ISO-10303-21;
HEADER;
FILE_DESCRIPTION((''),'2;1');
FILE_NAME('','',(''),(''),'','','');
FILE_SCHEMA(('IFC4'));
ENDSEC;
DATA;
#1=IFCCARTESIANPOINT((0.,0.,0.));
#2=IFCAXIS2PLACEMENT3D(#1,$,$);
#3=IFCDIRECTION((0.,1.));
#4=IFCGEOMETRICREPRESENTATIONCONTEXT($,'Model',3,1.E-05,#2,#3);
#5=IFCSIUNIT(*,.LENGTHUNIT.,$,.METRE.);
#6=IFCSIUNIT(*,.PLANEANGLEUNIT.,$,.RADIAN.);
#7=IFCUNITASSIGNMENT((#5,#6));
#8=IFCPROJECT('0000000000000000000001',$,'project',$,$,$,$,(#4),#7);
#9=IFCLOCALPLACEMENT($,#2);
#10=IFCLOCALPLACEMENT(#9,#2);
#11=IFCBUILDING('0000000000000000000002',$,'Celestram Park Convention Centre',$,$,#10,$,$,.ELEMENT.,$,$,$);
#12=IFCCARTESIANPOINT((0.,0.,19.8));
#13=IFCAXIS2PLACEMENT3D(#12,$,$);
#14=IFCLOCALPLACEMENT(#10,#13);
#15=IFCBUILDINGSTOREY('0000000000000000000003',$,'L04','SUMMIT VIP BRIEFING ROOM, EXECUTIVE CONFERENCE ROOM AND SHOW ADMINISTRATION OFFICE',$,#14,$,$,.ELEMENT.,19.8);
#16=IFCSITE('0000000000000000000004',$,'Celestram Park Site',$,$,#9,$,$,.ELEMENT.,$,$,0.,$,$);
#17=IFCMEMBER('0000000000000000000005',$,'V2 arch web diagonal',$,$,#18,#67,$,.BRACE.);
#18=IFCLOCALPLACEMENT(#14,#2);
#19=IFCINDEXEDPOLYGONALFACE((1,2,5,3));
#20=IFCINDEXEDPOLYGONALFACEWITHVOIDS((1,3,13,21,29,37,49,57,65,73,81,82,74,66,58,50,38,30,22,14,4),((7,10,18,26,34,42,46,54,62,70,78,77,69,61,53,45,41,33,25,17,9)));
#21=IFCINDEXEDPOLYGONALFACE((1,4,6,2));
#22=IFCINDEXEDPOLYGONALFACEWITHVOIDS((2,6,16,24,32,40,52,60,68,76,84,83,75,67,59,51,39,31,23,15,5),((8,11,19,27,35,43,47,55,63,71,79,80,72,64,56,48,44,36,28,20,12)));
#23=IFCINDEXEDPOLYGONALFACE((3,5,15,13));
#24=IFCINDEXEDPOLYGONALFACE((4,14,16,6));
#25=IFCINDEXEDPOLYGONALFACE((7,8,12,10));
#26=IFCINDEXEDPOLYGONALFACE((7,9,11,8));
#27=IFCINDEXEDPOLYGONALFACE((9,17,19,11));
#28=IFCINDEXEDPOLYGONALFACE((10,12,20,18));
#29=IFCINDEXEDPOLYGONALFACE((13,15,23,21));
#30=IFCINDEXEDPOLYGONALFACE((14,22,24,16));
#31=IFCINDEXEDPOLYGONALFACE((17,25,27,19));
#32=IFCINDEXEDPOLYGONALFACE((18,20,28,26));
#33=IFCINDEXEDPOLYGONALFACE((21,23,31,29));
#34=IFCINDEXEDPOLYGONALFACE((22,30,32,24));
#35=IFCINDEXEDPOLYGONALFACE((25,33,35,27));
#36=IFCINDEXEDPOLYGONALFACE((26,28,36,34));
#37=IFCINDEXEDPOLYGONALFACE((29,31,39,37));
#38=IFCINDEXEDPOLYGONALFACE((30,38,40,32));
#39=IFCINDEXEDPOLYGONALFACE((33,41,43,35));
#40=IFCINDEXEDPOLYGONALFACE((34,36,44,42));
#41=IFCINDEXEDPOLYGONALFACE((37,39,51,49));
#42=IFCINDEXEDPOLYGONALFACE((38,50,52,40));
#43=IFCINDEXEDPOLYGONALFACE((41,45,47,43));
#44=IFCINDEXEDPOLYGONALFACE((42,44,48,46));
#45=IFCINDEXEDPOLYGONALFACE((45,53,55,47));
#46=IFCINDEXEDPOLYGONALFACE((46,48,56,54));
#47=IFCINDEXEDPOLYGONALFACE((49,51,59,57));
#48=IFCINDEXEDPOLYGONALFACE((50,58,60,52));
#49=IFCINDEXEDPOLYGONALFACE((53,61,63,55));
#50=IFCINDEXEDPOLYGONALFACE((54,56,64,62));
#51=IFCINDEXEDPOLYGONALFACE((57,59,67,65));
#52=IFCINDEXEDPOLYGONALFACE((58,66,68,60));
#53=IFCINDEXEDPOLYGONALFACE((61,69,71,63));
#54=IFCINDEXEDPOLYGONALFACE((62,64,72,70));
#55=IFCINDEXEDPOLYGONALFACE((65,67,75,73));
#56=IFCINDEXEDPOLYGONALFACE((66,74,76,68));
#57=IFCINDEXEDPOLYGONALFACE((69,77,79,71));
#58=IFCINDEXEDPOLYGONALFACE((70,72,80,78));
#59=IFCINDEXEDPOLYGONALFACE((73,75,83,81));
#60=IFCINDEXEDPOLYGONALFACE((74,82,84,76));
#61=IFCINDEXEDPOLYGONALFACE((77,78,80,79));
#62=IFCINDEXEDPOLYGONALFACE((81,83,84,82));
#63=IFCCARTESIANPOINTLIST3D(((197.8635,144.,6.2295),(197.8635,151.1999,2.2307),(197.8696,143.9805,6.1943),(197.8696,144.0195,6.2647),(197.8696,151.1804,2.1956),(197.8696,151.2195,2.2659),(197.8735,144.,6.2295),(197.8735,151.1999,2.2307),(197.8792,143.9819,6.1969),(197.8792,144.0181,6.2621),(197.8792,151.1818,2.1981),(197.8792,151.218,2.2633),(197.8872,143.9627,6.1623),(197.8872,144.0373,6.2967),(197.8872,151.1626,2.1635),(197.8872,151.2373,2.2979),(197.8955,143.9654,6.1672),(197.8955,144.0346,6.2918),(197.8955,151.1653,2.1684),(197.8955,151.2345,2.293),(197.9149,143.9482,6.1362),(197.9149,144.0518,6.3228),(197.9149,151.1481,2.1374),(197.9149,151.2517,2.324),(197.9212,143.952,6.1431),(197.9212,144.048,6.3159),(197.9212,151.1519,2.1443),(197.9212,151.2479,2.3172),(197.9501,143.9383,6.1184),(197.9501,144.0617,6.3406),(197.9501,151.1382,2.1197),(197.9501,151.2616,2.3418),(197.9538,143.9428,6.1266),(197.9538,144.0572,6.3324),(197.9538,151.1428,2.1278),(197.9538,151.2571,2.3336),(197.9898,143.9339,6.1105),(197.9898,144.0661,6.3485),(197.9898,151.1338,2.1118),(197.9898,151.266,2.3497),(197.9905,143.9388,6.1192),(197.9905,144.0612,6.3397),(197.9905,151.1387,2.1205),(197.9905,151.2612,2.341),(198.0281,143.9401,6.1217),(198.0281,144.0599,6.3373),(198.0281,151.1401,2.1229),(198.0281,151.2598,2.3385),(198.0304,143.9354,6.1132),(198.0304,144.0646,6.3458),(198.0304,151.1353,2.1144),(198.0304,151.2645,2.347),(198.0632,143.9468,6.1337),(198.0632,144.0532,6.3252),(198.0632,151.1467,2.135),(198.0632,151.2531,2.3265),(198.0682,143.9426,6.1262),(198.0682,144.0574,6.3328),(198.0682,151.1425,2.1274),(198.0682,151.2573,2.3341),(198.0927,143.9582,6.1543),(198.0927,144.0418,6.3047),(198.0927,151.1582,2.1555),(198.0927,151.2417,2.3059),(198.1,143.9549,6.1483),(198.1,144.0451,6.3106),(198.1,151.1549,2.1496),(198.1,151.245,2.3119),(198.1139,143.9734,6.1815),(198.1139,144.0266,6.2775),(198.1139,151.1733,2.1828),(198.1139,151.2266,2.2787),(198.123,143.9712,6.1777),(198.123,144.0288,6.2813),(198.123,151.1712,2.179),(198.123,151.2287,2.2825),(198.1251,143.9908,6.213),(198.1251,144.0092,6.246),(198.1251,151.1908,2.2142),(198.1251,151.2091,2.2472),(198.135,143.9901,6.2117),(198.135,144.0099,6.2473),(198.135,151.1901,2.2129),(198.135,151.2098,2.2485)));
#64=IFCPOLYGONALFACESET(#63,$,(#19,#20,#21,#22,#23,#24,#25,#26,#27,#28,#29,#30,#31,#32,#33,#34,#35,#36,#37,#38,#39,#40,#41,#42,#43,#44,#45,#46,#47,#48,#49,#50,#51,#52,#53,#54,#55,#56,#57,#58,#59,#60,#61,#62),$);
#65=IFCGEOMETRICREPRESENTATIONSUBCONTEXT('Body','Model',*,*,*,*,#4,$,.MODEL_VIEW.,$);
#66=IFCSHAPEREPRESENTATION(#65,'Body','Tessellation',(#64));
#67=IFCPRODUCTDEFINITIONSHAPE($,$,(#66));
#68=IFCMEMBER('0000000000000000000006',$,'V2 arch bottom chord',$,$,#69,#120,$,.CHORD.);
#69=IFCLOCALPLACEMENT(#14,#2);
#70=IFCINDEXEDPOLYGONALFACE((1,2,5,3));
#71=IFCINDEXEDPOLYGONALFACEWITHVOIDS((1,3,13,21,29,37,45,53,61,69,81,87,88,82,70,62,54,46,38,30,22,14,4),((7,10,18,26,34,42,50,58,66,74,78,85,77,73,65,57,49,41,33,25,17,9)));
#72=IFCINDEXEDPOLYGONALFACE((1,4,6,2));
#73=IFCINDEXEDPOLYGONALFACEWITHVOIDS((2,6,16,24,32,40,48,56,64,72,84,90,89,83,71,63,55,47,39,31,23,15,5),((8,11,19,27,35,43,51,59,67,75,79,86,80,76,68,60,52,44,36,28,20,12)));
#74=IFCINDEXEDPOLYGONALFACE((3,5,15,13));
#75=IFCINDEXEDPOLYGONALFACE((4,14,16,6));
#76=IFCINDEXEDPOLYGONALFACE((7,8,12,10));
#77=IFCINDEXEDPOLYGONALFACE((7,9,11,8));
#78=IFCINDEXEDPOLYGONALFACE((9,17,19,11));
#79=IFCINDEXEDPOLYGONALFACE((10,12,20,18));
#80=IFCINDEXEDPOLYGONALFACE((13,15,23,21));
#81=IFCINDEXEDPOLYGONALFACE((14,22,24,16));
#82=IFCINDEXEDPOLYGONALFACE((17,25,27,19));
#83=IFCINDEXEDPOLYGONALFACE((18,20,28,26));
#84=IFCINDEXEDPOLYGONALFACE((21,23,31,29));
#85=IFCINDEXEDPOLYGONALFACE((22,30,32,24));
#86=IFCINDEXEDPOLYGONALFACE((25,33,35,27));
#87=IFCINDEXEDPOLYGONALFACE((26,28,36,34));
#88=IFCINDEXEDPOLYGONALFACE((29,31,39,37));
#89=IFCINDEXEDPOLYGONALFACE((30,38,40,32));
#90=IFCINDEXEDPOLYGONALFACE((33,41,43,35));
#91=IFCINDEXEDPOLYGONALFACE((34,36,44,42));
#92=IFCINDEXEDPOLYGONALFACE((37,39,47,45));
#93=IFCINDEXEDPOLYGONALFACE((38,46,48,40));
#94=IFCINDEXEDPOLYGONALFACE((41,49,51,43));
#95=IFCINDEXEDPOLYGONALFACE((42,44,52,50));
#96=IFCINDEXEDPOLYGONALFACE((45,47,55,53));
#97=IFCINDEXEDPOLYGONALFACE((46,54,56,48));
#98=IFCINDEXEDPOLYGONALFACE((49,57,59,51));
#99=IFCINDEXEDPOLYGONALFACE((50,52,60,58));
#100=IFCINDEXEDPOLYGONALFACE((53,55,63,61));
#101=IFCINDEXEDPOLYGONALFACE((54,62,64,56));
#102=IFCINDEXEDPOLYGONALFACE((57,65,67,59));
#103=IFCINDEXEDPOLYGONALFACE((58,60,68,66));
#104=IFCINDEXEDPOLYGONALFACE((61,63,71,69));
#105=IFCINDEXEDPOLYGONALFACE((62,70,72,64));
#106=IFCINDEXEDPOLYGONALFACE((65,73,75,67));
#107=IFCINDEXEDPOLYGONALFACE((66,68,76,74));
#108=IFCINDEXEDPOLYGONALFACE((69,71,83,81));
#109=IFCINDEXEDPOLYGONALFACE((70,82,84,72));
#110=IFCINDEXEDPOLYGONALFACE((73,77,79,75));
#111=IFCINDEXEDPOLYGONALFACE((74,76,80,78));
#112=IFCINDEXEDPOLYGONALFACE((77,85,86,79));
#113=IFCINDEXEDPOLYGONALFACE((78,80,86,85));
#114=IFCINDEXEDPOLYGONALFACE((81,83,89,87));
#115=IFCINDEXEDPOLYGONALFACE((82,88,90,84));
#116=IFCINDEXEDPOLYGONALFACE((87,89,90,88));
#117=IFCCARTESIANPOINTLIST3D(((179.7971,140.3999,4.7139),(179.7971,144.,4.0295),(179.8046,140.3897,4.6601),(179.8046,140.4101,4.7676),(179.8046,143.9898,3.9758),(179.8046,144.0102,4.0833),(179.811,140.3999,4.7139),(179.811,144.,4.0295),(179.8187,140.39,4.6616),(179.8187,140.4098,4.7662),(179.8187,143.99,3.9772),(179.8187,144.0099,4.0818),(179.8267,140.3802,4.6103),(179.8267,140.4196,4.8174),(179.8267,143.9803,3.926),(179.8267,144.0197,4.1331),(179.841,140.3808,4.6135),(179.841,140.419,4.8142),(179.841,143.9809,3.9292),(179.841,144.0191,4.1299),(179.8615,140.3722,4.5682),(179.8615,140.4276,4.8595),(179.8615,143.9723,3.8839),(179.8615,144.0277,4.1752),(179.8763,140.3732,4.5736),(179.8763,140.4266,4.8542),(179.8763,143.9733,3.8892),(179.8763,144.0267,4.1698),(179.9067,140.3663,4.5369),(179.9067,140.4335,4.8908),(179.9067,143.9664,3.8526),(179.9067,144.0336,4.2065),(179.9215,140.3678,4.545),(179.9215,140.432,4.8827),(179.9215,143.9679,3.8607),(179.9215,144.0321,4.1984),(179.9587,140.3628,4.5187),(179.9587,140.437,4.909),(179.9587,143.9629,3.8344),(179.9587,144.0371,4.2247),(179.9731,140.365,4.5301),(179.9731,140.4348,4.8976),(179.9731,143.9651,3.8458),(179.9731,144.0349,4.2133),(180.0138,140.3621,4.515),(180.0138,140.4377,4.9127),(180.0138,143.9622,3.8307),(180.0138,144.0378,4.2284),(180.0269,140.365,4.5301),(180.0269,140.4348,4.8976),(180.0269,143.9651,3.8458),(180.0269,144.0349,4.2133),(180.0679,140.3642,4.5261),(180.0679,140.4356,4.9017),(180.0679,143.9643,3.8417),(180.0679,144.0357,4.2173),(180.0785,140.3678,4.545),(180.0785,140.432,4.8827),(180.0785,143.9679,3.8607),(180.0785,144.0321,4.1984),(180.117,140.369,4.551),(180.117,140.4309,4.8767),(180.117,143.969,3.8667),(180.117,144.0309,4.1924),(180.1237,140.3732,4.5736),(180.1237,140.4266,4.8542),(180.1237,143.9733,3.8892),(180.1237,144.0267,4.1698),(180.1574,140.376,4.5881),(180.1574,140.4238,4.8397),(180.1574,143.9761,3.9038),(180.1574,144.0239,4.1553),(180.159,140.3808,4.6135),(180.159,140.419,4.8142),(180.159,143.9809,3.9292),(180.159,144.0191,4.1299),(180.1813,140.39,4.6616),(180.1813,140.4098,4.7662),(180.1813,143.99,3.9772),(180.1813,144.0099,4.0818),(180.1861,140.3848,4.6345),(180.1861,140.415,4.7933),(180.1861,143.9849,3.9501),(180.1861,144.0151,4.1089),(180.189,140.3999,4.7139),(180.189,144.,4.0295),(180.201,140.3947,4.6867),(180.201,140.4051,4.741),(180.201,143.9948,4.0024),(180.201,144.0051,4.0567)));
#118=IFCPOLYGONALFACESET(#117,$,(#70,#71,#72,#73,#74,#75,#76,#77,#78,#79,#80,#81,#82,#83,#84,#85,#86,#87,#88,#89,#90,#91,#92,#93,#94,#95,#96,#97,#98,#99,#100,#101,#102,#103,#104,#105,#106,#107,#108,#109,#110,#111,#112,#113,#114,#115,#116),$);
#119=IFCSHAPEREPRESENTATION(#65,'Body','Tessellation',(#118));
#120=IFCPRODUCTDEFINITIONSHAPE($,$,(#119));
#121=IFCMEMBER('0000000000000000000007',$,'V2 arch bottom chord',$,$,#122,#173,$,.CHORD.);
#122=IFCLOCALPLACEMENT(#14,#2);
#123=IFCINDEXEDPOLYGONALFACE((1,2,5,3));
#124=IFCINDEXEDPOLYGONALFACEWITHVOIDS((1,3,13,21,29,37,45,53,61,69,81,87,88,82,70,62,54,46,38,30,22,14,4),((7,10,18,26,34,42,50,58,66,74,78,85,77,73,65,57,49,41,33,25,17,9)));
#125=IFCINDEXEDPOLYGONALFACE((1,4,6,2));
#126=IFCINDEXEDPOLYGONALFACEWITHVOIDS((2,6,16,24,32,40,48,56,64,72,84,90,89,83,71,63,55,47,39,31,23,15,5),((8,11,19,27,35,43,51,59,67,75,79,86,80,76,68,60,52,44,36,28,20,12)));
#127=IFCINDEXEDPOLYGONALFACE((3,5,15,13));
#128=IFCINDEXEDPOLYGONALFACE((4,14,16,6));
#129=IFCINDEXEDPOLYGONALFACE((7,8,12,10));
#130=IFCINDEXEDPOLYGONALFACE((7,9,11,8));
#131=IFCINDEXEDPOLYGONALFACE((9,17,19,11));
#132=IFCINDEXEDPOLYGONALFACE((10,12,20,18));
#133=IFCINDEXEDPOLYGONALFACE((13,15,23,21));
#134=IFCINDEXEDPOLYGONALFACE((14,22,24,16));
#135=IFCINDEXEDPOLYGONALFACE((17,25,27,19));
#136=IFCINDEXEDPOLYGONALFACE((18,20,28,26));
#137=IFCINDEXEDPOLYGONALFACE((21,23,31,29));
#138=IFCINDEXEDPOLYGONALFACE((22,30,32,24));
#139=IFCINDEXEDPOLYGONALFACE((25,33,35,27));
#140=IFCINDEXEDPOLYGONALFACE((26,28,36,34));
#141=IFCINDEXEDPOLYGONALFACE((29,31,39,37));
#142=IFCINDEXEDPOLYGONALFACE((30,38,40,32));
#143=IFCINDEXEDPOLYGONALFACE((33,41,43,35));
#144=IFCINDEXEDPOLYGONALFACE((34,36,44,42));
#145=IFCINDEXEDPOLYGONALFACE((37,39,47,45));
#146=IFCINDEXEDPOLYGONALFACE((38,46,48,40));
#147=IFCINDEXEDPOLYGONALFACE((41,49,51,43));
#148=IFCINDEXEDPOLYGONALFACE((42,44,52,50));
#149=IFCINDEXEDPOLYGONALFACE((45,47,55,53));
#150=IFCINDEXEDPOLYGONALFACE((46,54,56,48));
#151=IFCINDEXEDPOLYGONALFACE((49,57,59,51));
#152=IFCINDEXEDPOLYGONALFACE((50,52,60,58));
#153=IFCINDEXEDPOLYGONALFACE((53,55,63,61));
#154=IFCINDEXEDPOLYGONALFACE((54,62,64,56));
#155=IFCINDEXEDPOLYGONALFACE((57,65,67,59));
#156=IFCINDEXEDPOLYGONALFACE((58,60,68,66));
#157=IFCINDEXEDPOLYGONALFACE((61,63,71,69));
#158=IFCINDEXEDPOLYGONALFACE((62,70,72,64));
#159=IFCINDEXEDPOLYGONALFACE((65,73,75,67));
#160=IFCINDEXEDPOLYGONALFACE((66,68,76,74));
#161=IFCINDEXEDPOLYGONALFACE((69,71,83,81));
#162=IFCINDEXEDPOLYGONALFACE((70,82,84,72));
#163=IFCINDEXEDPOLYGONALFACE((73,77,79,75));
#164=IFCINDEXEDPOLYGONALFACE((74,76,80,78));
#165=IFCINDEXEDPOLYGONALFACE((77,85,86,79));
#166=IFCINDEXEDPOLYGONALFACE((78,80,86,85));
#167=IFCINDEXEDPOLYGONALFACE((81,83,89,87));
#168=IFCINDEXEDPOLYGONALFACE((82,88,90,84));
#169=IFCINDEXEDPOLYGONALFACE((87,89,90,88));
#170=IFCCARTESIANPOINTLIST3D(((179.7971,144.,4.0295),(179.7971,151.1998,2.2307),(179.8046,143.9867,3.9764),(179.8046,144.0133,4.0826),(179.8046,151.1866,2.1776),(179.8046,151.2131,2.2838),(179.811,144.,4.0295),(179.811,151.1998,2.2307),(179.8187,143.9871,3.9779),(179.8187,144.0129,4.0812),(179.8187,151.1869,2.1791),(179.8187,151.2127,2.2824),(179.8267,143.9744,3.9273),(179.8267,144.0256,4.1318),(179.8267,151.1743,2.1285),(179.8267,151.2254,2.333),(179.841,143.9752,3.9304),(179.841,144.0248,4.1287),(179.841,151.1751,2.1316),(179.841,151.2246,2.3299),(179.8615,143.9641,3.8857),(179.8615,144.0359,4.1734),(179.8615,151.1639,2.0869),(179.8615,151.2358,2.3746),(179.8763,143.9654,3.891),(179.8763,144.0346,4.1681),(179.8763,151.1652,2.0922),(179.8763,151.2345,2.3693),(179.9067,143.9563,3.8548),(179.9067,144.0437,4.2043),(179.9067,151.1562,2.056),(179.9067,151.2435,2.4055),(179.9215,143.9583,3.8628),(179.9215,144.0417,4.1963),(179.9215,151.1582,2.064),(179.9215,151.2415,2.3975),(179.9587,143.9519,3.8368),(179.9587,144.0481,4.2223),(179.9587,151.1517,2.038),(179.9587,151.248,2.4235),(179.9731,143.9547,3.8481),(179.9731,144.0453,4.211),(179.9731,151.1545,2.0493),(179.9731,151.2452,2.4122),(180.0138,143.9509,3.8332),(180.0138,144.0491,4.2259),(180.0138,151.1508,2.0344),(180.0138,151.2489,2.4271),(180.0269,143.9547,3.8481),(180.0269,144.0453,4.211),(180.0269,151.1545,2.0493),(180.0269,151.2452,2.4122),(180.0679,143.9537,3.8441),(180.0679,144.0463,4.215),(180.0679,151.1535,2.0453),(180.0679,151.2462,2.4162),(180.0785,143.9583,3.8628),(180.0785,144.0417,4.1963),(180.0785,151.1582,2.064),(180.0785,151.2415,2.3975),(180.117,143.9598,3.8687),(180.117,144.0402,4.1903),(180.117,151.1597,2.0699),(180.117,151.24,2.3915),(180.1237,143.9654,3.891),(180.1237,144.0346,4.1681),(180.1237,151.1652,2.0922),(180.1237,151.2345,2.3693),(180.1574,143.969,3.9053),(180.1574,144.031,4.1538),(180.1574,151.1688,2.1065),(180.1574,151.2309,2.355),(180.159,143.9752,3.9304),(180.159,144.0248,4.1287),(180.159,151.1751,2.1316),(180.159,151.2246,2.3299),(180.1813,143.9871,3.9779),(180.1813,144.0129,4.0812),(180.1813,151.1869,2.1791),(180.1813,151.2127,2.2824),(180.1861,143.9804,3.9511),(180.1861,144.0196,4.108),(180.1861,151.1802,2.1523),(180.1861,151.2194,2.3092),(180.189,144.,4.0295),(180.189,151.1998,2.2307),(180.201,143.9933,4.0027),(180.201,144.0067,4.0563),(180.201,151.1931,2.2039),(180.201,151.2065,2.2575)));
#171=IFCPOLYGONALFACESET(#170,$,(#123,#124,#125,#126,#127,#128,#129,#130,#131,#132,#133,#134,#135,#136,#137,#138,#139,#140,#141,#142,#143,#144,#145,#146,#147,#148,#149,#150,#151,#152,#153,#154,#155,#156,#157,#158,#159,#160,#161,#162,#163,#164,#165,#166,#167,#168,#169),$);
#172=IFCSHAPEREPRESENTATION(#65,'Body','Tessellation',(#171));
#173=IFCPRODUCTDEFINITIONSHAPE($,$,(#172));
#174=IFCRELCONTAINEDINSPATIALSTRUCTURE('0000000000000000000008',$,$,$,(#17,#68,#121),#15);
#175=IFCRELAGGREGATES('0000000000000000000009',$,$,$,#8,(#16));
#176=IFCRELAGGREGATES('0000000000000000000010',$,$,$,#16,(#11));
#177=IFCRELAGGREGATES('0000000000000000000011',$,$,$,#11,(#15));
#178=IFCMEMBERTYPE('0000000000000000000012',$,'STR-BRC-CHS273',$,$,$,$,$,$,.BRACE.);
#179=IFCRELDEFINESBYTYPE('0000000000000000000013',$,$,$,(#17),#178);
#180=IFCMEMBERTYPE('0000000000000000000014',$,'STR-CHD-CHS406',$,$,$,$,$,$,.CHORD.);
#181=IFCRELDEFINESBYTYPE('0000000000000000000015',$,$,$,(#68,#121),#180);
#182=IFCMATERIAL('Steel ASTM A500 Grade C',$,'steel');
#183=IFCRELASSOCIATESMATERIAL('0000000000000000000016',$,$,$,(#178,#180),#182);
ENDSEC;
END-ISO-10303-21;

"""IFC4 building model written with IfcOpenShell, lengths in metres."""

from ifc_helpers import new_model, si_unit, direction, frame, origin, origin_2d, place, context, subcontext, project, spatial, hollow_circle, extrude, material, material_profile, profile_set, type_object, element, save


model = new_model("IFC4")

# Units and contexts
model_context = context("Model", 3, precision=1e-05, world=origin(), true_north=direction((0.0, 1.0)))
body_context = subcontext(model_context, "Body", "Model", "MODEL_VIEW")
ifc_project = project(units=[si_unit("LENGTHUNIT", "METRE"), si_unit("PLANEANGLEUNIT", "RADIAN")], contexts=[model_context])

# Site, building, storey
site_placement = place(None, origin())
site = spatial("IfcSite", under=ifc_project, at=site_placement, Name="Celestram Park Site", CompositionType="ELEMENT", RefElevation=0.0)
building_placement = place(site_placement, origin())
building = spatial("IfcBuilding", under=site, at=building_placement, Name="Celestram Park Convention Centre", CompositionType="ELEMENT")
storey_placement = place(building_placement, frame((0.0, 0.0, 19.8)))
storey = spatial("IfcBuildingStorey", under=building, at=storey_placement, Name="L04", Description="SUMMIT VIP BRIEFING ROOM, EXECUTIVE CONFERENCE ROOM AND SHOW ADMINISTRATION OFFICE", CompositionType="ELEMENT", Elevation=19.8)

# Members
ifc_material_1 = material(Name="Steel ASTM A500 Grade C", Category="steel")
ifc_material_profile_1 = material_profile(ifc_material_1, hollow_circle(Radius=0.1365, WallThickness=0.01, at=origin_2d()), Name="CHS273X10")
ifc_profile_set_1 = profile_set([ifc_material_profile_1], Name="Steel ASTM A500 Grade C")
member_type_1 = type_object("IfcMemberType", Name="STR-BRC-CHS273", PredefinedType="BRACE", material=ifc_profile_set_1)
for number, where, z_axis, x_axis, name in (
    (1, (198.0, 144.0, 6.2295), (0.0, 0.874219, -0.485532), (-1.0, 0.0, 0.0), "V2 arch web diagonal"),
):
    element("IfcMember", number, at=place(storey_placement, frame(where, z_axis=z_axis, x_axis=x_axis)), inside=storey, type_object=member_type_1, Name=name, PredefinedType="BRACE", context=body_context, shape_type="SweptSolid", body=[
        extrude(hollow_circle(Radius=0.1365, WallThickness=0.01, at=origin_2d()), origin(), (0.0, 0.0, 1.0), 8.2358),
    ])
ifc_material_profile_2 = material_profile(ifc_material_1, hollow_circle(Radius=0.2029, WallThickness=0.0139, at=origin_2d()), Name="CHS406X14")
ifc_profile_set_2 = profile_set([ifc_material_profile_2], Name="Steel ASTM A500 Grade C")
member_type_2 = type_object("IfcMemberType", Name="STR-CHD-CHS406", PredefinedType="CHORD", material=ifc_profile_set_2)
member_1_placement = place(storey_placement, frame((180.0, 140.3999, 4.7139), z_axis=(0.0, 0.982409, -0.186742), x_axis=(-1.0, 0.0, 0.0)))
element("IfcMember", 2, at=member_1_placement, inside=storey, type_object=member_type_2, Name="V2 arch bottom chord", PredefinedType="CHORD", context=body_context, shape_type="SweptSolid", body=[
    extrude(hollow_circle(Radius=0.2029, WallThickness=0.0139, at=origin_2d()), origin(), (0.0, 0.0, 1.0), 3.6646),
])
member_2_placement = place(storey_placement, frame((180.0, 144.0, 4.0295), z_axis=(0.0, 0.970179, -0.242389), x_axis=(-1.0, 0.0, 0.0)))
element("IfcMember", 3, at=member_2_placement, inside=storey, type_object=member_type_2, Name="V2 arch bottom chord", PredefinedType="CHORD", context=body_context, shape_type="SweptSolid", body=[
    extrude(hollow_circle(Radius=0.2029, WallThickness=0.0139, at=origin_2d()), origin(), (0.0, 0.0, 1.0), 7.4211),
])

save(model, "model.ifc")
